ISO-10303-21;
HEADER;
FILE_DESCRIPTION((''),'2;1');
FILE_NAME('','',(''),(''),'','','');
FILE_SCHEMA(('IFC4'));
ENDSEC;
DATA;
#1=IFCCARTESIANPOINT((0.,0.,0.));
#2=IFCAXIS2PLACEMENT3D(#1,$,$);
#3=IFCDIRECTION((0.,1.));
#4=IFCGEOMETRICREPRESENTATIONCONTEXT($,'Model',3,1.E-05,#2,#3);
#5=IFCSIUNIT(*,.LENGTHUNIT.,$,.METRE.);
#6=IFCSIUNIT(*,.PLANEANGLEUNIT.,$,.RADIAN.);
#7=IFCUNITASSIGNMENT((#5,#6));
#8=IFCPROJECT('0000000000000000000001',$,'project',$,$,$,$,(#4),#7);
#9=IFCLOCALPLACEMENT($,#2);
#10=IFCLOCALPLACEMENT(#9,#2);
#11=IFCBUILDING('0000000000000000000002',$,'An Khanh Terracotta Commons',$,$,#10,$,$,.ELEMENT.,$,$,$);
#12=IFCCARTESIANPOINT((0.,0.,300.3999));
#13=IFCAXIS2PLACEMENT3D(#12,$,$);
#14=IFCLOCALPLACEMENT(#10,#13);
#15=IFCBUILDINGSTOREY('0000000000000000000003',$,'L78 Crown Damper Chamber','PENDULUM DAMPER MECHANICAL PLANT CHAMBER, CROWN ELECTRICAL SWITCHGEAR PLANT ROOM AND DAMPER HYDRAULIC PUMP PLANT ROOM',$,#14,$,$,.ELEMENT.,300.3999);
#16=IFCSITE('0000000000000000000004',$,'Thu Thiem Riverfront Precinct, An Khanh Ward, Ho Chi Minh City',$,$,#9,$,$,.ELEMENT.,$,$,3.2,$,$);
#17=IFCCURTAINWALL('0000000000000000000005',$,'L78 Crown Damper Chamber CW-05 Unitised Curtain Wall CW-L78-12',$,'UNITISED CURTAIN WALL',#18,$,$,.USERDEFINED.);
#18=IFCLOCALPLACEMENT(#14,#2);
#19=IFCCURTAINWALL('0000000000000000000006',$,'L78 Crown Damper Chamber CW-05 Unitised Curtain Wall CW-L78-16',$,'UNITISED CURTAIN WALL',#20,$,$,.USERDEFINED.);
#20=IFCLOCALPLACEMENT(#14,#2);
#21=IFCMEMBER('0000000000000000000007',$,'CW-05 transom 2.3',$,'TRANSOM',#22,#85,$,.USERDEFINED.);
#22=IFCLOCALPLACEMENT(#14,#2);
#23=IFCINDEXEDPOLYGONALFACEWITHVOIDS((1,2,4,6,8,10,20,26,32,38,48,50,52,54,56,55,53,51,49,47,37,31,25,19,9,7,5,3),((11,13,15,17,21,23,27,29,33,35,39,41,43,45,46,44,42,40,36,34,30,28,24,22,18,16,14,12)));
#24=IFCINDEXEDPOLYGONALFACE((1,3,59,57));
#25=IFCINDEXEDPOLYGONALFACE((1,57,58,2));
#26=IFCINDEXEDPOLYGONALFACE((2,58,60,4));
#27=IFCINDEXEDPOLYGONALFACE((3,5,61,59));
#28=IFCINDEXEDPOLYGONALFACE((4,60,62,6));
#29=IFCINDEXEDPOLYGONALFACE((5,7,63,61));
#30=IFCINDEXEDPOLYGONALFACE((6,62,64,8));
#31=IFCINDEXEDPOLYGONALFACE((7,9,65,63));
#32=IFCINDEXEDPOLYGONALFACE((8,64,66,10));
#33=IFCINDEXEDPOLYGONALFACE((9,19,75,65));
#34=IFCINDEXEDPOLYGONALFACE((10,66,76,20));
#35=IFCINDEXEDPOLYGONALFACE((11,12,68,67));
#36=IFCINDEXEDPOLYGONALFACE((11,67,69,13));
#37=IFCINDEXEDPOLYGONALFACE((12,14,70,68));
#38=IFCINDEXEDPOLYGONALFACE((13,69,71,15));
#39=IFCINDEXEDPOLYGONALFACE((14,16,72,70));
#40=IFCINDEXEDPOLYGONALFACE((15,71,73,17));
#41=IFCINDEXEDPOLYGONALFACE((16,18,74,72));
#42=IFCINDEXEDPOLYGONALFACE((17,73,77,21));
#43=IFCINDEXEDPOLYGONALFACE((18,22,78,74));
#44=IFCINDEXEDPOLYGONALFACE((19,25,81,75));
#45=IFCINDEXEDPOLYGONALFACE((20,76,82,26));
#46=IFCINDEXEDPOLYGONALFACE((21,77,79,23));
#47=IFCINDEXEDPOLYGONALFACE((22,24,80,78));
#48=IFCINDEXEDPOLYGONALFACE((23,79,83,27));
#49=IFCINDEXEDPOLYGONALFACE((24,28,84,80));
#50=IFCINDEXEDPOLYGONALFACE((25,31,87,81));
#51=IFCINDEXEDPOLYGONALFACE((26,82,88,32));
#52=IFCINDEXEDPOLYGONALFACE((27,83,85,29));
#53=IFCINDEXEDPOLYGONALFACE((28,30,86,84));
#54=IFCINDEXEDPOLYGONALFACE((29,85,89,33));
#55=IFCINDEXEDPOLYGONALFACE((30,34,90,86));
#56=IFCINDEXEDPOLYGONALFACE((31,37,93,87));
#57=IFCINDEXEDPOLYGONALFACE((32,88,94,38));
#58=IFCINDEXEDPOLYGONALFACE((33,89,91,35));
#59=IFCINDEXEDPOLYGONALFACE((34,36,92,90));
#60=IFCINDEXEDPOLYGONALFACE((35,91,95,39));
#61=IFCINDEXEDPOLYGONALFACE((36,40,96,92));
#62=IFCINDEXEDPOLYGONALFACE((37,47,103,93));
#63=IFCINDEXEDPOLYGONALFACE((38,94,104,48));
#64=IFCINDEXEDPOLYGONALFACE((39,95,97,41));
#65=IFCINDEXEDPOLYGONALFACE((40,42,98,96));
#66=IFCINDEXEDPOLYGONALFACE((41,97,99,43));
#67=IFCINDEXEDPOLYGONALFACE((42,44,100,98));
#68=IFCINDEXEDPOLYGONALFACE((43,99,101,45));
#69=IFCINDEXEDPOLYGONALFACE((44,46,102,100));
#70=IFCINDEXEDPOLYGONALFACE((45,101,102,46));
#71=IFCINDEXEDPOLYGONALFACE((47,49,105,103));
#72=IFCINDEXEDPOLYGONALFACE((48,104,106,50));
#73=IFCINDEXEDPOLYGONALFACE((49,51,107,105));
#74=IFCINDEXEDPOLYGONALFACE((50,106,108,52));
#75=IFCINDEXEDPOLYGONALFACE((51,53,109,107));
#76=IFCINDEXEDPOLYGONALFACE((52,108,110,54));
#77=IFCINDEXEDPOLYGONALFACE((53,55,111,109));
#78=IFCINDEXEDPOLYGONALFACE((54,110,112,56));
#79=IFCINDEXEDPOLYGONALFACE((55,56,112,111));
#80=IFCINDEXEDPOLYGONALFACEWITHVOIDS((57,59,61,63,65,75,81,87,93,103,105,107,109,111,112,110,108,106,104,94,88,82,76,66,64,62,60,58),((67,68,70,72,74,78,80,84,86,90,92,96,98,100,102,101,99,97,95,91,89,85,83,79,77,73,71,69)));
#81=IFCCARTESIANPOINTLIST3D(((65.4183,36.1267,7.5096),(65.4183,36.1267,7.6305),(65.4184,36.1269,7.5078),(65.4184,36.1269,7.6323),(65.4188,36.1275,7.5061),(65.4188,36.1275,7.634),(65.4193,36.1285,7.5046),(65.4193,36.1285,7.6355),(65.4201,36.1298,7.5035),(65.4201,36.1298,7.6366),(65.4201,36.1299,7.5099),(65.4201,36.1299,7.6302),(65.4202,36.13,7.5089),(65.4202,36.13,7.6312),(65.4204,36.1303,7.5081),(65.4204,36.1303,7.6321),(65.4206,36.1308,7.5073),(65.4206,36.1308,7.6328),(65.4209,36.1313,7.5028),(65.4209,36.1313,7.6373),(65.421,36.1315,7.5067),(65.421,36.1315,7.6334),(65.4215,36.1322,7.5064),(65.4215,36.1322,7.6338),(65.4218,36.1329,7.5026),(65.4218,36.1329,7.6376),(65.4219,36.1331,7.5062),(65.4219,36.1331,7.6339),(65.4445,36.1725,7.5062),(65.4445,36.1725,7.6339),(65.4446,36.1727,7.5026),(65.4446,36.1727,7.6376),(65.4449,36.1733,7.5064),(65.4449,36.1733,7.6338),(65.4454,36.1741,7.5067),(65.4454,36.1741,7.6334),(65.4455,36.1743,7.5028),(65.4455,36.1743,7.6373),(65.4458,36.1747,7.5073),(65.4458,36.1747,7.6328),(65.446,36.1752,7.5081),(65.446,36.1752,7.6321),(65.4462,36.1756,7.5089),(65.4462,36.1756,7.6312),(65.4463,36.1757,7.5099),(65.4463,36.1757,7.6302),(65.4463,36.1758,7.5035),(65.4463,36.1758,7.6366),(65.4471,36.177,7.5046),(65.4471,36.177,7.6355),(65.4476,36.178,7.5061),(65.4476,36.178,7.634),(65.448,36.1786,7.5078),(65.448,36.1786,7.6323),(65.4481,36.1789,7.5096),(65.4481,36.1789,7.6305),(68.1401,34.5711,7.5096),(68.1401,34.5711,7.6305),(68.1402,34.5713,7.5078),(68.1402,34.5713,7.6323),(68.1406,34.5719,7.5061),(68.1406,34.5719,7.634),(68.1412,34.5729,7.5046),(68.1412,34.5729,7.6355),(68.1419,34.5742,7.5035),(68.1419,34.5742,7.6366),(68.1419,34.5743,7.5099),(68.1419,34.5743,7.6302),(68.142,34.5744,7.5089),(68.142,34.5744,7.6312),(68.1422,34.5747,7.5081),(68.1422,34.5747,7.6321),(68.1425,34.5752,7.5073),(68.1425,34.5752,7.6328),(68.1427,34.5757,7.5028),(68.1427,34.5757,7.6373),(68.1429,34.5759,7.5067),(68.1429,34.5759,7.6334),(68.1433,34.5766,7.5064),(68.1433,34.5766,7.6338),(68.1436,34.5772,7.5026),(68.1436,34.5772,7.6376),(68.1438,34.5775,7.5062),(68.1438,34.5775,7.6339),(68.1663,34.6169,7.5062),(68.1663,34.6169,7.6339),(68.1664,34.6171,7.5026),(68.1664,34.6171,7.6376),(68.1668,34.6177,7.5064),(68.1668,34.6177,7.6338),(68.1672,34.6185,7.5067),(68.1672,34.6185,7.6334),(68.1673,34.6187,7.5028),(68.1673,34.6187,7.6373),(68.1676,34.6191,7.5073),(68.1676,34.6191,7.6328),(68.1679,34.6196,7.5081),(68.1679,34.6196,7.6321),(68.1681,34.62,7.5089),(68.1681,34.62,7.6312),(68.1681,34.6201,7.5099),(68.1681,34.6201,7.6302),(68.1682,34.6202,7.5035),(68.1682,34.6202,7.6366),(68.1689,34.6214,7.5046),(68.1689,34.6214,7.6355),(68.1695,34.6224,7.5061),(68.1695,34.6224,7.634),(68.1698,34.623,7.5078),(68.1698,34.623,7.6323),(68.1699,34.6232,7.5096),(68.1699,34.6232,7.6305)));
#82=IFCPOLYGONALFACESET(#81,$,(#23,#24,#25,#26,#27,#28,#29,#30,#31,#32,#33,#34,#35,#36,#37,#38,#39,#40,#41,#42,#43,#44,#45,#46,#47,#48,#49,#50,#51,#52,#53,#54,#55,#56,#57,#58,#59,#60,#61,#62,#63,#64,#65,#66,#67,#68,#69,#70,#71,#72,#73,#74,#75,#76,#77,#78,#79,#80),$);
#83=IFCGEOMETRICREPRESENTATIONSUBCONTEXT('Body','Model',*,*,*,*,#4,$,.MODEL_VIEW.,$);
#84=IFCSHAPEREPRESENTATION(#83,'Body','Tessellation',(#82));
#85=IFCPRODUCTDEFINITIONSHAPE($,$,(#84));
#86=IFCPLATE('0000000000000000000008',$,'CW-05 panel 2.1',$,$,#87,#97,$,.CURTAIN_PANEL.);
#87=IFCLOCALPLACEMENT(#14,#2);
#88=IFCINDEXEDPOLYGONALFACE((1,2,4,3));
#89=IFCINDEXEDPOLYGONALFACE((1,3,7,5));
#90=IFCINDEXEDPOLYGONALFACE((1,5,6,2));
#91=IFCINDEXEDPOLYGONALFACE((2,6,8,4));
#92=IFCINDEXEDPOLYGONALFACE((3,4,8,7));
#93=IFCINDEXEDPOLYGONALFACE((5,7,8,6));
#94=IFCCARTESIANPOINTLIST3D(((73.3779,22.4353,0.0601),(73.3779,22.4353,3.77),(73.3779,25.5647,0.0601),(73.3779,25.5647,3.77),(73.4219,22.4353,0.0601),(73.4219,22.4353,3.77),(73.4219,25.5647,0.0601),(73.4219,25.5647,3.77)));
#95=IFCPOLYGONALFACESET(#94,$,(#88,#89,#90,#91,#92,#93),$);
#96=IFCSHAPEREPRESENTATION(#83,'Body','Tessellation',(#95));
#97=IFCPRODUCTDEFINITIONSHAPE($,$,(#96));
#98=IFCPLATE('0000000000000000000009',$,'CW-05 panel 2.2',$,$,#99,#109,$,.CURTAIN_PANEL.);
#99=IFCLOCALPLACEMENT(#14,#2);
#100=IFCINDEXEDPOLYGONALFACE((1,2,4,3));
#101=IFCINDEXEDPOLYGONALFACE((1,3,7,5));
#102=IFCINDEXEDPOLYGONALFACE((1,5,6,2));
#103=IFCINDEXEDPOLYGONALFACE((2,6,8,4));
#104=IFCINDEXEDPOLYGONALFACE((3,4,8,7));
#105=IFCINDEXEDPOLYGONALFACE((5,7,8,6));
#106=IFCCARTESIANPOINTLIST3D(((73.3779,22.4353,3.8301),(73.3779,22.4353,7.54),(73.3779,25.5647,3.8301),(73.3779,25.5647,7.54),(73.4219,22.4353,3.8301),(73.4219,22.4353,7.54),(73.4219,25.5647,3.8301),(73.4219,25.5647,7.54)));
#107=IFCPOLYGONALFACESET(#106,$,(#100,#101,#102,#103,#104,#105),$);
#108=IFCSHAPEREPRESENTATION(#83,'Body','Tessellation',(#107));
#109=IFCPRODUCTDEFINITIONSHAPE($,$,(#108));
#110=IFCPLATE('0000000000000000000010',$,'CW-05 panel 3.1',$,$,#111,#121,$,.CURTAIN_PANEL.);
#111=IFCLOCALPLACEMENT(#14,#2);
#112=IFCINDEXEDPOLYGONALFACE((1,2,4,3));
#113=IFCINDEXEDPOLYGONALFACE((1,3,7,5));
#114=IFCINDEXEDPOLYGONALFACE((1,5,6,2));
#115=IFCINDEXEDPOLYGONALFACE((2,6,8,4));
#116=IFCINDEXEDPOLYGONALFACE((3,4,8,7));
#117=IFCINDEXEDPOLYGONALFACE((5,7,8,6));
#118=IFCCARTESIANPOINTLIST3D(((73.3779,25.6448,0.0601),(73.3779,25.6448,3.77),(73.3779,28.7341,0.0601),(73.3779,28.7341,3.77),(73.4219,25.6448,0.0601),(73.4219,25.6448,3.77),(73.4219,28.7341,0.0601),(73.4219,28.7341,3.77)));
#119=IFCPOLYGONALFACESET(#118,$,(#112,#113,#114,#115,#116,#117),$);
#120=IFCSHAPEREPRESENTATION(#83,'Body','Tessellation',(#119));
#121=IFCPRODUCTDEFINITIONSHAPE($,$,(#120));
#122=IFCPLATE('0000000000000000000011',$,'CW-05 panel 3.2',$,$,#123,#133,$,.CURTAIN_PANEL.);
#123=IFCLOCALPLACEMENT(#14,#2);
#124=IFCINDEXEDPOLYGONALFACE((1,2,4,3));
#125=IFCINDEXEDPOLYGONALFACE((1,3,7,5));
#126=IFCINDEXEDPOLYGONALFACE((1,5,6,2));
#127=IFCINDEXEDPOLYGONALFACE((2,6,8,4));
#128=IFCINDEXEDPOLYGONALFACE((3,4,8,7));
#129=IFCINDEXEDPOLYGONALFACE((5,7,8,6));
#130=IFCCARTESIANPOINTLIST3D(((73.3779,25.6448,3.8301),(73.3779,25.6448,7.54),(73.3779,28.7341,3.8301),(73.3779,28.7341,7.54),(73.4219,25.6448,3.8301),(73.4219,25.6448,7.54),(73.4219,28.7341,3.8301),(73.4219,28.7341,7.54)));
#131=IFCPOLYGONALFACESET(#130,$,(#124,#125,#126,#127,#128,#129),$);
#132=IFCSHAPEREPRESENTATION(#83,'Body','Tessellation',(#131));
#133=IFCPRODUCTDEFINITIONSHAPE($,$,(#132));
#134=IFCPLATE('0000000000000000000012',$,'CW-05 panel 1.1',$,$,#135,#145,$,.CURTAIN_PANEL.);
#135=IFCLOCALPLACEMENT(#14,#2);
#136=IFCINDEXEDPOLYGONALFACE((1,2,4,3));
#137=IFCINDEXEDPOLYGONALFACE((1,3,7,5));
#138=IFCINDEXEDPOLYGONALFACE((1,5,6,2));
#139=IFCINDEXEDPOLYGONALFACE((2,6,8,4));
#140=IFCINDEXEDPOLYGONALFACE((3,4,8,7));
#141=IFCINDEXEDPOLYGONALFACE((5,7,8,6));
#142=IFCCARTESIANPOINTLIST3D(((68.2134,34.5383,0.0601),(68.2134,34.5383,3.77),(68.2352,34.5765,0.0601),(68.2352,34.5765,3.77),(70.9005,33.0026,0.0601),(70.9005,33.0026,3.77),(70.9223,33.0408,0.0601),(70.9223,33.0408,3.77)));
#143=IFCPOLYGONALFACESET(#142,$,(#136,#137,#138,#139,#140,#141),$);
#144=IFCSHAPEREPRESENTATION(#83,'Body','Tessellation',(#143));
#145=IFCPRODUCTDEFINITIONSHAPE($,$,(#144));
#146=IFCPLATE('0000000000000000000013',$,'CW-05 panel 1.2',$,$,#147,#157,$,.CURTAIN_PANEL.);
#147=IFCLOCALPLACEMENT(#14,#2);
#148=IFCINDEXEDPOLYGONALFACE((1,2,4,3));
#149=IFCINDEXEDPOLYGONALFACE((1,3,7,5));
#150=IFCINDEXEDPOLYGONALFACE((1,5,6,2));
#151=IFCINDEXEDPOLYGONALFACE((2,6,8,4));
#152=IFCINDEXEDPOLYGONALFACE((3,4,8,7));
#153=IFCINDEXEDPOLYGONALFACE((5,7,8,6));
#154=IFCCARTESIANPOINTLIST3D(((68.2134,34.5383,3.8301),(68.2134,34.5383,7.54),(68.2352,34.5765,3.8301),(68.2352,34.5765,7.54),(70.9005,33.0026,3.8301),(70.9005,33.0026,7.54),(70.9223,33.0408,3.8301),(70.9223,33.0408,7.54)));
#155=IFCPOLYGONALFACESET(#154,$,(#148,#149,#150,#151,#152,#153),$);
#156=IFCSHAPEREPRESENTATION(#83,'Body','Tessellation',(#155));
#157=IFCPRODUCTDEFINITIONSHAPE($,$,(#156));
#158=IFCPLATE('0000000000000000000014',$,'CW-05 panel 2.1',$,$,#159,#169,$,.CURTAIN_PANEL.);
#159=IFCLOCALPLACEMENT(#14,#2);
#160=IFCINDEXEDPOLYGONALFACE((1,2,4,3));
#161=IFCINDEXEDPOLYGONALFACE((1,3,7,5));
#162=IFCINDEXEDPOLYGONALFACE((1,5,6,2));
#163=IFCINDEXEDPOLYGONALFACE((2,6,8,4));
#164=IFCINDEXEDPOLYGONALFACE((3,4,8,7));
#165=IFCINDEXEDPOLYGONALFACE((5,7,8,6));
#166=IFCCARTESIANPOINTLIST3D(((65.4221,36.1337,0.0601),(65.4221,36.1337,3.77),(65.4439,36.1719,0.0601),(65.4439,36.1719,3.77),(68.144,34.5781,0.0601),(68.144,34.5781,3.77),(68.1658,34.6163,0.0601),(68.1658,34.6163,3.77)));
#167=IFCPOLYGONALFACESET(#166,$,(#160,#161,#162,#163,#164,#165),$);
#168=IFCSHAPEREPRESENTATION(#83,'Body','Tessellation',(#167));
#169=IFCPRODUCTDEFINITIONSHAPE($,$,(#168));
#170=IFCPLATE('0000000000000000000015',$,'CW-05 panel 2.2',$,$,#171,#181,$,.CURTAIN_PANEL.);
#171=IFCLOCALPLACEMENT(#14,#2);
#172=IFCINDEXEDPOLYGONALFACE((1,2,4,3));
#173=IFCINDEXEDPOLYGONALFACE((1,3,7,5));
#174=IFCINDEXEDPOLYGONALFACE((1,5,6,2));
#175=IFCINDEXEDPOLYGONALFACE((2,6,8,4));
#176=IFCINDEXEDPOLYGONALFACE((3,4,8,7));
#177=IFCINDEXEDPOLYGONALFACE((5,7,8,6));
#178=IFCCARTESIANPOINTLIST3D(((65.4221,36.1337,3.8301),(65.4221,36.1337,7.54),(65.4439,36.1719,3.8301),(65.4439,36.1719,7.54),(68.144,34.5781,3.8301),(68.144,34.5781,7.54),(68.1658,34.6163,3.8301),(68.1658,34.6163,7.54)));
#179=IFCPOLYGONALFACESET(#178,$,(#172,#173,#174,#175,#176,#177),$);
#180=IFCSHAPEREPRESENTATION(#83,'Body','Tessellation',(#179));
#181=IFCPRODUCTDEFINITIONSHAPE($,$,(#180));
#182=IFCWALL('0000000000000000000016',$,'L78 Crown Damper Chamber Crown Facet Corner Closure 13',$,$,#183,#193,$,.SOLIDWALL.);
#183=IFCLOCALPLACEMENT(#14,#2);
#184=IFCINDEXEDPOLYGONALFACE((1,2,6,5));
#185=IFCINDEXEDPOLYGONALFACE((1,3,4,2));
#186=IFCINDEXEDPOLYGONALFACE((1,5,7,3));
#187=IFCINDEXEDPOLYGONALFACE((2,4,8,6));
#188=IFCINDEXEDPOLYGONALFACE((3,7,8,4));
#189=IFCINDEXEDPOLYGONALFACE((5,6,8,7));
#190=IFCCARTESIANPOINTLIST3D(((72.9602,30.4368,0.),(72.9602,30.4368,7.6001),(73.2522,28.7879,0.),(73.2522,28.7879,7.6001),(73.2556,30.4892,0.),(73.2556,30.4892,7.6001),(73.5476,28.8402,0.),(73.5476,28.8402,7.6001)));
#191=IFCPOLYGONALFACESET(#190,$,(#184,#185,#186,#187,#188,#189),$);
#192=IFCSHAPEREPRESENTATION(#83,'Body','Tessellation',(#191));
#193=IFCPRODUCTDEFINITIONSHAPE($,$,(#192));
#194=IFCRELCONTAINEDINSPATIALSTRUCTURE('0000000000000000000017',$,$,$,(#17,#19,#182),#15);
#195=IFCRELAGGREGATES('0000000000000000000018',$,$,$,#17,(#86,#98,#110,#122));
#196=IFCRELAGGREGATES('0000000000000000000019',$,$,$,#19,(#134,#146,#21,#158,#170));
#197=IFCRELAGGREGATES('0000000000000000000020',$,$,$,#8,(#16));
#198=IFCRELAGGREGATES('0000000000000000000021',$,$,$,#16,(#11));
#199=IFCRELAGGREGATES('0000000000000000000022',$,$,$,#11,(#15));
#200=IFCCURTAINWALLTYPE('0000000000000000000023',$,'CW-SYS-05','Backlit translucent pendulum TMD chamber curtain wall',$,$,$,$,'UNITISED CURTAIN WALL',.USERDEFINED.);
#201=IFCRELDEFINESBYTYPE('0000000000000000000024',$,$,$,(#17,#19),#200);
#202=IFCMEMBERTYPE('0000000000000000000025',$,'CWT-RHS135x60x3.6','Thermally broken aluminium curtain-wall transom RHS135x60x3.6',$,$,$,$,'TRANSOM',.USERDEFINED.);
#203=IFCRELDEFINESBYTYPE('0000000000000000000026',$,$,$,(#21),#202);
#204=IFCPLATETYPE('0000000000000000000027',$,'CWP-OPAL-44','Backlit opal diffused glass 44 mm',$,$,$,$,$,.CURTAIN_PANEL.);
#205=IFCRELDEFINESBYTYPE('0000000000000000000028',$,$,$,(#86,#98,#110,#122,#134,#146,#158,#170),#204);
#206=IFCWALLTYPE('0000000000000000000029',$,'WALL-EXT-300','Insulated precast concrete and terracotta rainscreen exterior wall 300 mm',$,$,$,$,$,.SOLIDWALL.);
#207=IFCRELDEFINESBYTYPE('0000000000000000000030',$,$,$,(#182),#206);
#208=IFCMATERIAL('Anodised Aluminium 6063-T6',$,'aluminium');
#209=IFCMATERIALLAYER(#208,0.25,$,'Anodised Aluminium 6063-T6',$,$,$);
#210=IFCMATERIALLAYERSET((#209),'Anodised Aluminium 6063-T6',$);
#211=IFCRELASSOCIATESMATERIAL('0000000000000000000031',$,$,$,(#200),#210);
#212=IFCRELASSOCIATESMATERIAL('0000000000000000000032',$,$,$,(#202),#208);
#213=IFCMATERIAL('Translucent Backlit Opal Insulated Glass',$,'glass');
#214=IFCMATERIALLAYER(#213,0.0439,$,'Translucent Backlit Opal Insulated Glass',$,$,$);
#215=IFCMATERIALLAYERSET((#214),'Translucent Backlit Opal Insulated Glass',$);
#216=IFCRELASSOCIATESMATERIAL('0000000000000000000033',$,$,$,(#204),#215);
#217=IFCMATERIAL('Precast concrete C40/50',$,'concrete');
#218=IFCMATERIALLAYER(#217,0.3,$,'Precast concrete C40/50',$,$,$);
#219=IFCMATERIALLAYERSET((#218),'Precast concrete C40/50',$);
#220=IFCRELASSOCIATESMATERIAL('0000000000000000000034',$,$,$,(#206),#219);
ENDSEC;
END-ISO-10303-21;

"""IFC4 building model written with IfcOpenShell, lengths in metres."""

from ifc_helpers import new_model, si_unit, direction, frame, frame_2d, origin, origin_2d, place, context, subcontext, project, spatial, rectangle, hollow_rectangle, extrude, material, layer, layer_set, material_profile, profile_set, type_object, element, aggregate, save


model = new_model("IFC4")

# Units and contexts
model_context = context("Model", 3, precision=1e-05, world=origin(), true_north=direction((0.0, 1.0)))
body_context = subcontext(model_context, "Body", "Model", "MODEL_VIEW")
ifc_project = project(units=[si_unit("LENGTHUNIT", "METRE"), si_unit("PLANEANGLEUNIT", "RADIAN")], contexts=[model_context])

# Site, building, storey
site_placement = place(None, origin())
site = spatial("IfcSite", under=ifc_project, at=site_placement, Name="Thu Thiem Riverfront Precinct, An Khanh Ward, Ho Chi Minh City", CompositionType="ELEMENT", RefElevation=3.2)
building_placement = place(site_placement, origin())
building = spatial("IfcBuilding", under=site, at=building_placement, Name="An Khanh Terracotta Commons", CompositionType="ELEMENT")
storey_placement = place(building_placement, frame((0.0, 0.0, 300.3999)))
storey = spatial("IfcBuildingStorey", under=building, at=storey_placement, Name="L78 Crown Damper Chamber", Description="PENDULUM DAMPER MECHANICAL PLANT CHAMBER, CROWN ELECTRICAL SWITCHGEAR PLANT ROOM AND DAMPER HYDRAULIC PUMP PLANT ROOM", CompositionType="ELEMENT", Elevation=300.3999)

# Curtain walls
ifc_material_1 = material(Name="Anodised Aluminium 6063-T6", Category="aluminium")
ifc_layer_1 = layer(ifc_material_1, 0.25, Name="Anodised Aluminium 6063-T6")
ifc_layer_set_1 = layer_set([ifc_layer_1], Name="Anodised Aluminium 6063-T6")
curtain_wall_type = type_object("IfcCurtainWallType", Name="CW-SYS-05", Description="Backlit translucent pendulum TMD chamber curtain wall", ElementType="UNITISED CURTAIN WALL", PredefinedType="USERDEFINED", material=ifc_layer_set_1)
curtain_wall_1_placement = place(storey_placement, origin())
curtain_wall_1 = element("IfcCurtainWall", 1, at=curtain_wall_1_placement, inside=storey, type_object=curtain_wall_type, Name="L78 Crown Damper Chamber CW-05 Unitised Curtain Wall CW-L78-12", ObjectType="UNITISED CURTAIN WALL", PredefinedType="USERDEFINED")
curtain_wall_2_placement = place(storey_placement, origin())
curtain_wall_2 = element("IfcCurtainWall", 2, at=curtain_wall_2_placement, inside=storey, type_object=curtain_wall_type, Name="L78 Crown Damper Chamber CW-05 Unitised Curtain Wall CW-L78-16", ObjectType="UNITISED CURTAIN WALL", PredefinedType="USERDEFINED")

# Member
ifc_material_profile_1 = material_profile(ifc_material_1, hollow_rectangle(XDim=0.0601, YDim=0.135, WallThickness=0.0037, InnerFilletRadius=0.0037, OuterFilletRadius=0.0071, at=origin_2d()), Name="RHS135x60x3.6")
ifc_profile_set_1 = profile_set([ifc_material_profile_1], Name="Anodised Aluminium 6063-T6")
member_type_1 = type_object("IfcMemberType", Name="CWT-RHS135x60x3.6", Description="Thermally broken aluminium curtain-wall transom RHS135x60x3.6", ElementType="TRANSOM", PredefinedType="USERDEFINED", material=ifc_profile_set_1)
member_1_placement = place(storey_placement, frame((68.155, 34.5972, 7.5701), z_axis=(-0.868205, 0.496206, 0.0), x_axis=(-0.496206, -0.868205, 0.0)))
member_1 = element("IfcMember", 3, at=member_1_placement, type_object=member_type_1, Name="CW-05 transom 2.3", ObjectType="TRANSOM", PredefinedType="USERDEFINED", context=body_context, shape_type="SweptSolid", body=[
    extrude(hollow_rectangle(XDim=0.0601, YDim=0.135, WallThickness=0.0037, InnerFilletRadius=0.0037, OuterFilletRadius=0.0071, at=origin_2d()), origin(), (0.0, 0.0, 1.0), 3.135),
])

# Plates
ifc_material_2 = material(Name="Translucent Backlit Opal Insulated Glass", Category="glass")
ifc_layer_2 = layer(ifc_material_2, 0.0439, Name="Translucent Backlit Opal Insulated Glass")
ifc_layer_set_2 = layer_set([ifc_layer_2], Name="Translucent Backlit Opal Insulated Glass")
plate_type = type_object("IfcPlateType", Name="CWP-OPAL-44", Description="Backlit opal diffused glass 44 mm", PredefinedType="CURTAIN_PANEL", material=ifc_layer_set_2)
plate_1_placement = place(storey_placement, frame((73.3999, 24.0, 0.0601), z_axis=(0.0, 0.0, 1.0), x_axis=(0.0, 1.0, 0.0)))
plate_1 = element("IfcPlate", 4, at=plate_1_placement, type_object=plate_type, Name="CW-05 panel 2.1", PredefinedType="CURTAIN_PANEL", context=body_context, shape_type="SweptSolid", body=[
    extrude(rectangle(XDim=3.1294, YDim=0.0439, at=origin_2d()), origin(), (0.0, 0.0, 1.0), 3.71),
])
plate_2_placement = place(storey_placement, frame((73.3999, 24.0, 3.8301), z_axis=(0.0, 0.0, 1.0), x_axis=(0.0, 1.0, 0.0)))
plate_2 = element("IfcPlate", 5, at=plate_2_placement, type_object=plate_type, Name="CW-05 panel 2.2", PredefinedType="CURTAIN_PANEL", context=body_context, shape_type="SweptSolid", body=[
    extrude(rectangle(XDim=3.1294, YDim=0.0439, at=origin_2d()), origin(), (0.0, 0.0, 1.0), 3.71),
])
plate_3_placement = place(storey_placement, frame((73.3999, 27.1895, 0.0601), z_axis=(0.0, 0.0, 1.0), x_axis=(0.0, 1.0, 0.0)))
plate_3 = element("IfcPlate", 6, at=plate_3_placement, type_object=plate_type, Name="CW-05 panel 3.1", PredefinedType="CURTAIN_PANEL", context=body_context, shape_type="SweptSolid", body=[
    extrude(rectangle(XDim=3.0894, YDim=0.0439, at=origin_2d()), origin(), (0.0, 0.0, 1.0), 3.71),
])
plate_4_placement = place(storey_placement, frame((73.3999, 27.1895, 3.8301), z_axis=(0.0, 0.0, 1.0), x_axis=(0.0, 1.0, 0.0)))
plate_4 = element("IfcPlate", 7, at=plate_4_placement, type_object=plate_type, Name="CW-05 panel 3.2", PredefinedType="CURTAIN_PANEL", context=body_context, shape_type="SweptSolid", body=[
    extrude(rectangle(XDim=3.0894, YDim=0.0439, at=origin_2d()), origin(), (0.0, 0.0, 1.0), 3.71),
])
aggregate(curtain_wall_1, [plate_1, plate_2, plate_3, plate_4])
plate_5_placement = place(storey_placement, frame((69.5679, 33.7896, 0.0601), z_axis=(0.0, 0.0, 1.0), x_axis=(-0.868205, 0.496206, 0.0)))
plate_5 = element("IfcPlate", 8, at=plate_5_placement, type_object=plate_type, Name="CW-05 panel 1.1", PredefinedType="CURTAIN_PANEL", context=body_context, shape_type="SweptSolid", body=[
    extrude(rectangle(XDim=3.095, YDim=0.0439, at=origin_2d()), origin(), (0.0, 0.0, 1.0), 3.71),
])
plate_6_placement = place(storey_placement, frame((69.5679, 33.7896, 3.8301), z_axis=(0.0, 0.0, 1.0), x_axis=(-0.868205, 0.496206, 0.0)))
plate_6 = element("IfcPlate", 9, at=plate_6_placement, type_object=plate_type, Name="CW-05 panel 1.2", PredefinedType="CURTAIN_PANEL", context=body_context, shape_type="SweptSolid", body=[
    extrude(rectangle(XDim=3.095, YDim=0.0439, at=origin_2d()), origin(), (0.0, 0.0, 1.0), 3.71),
])
plate_7_placement = place(storey_placement, frame((66.7939, 35.375, 0.0601), z_axis=(0.0, 0.0, 1.0), x_axis=(-0.868205, 0.496206, 0.0)))
plate_7 = element("IfcPlate", 10, at=plate_7_placement, type_object=plate_type, Name="CW-05 panel 2.1", PredefinedType="CURTAIN_PANEL", context=body_context, shape_type="SweptSolid", body=[
    extrude(rectangle(XDim=3.135, YDim=0.0439, at=origin_2d()), origin(), (0.0, 0.0, 1.0), 3.71),
])
plate_8_placement = place(storey_placement, frame((66.7939, 35.375, 3.8301), z_axis=(0.0, 0.0, 1.0), x_axis=(-0.868205, 0.496206, 0.0)))
plate_8 = element("IfcPlate", 11, at=plate_8_placement, type_object=plate_type, Name="CW-05 panel 2.2", PredefinedType="CURTAIN_PANEL", context=body_context, shape_type="SweptSolid", body=[
    extrude(rectangle(XDim=3.135, YDim=0.0439, at=origin_2d()), origin(), (0.0, 0.0, 1.0), 3.71),
])
aggregate(curtain_wall_2, [plate_5, plate_6, member_1, plate_7, plate_8])

# Wall
ifc_material_3 = material(Name="Precast concrete C40/50", Category="concrete")
ifc_layer_3 = layer(ifc_material_3, 0.3, Name="Precast concrete C40/50")
ifc_layer_set_3 = layer_set([ifc_layer_3], Name="Precast concrete C40/50")
wall_type = type_object("IfcWallType", Name="WALL-EXT-300", Description="Insulated precast concrete and terracotta rainscreen exterior wall 300 mm", PredefinedType="SOLIDWALL", material=ifc_layer_set_3)
wall_1_placement = place(storey_placement, frame((73.3999, 28.814, 0.0), z_axis=(0.0, 0.0, 1.0), x_axis=(-0.174367, 0.984681, 0.0)))
element("IfcWall", 12, at=wall_1_placement, inside=storey, type_object=wall_type, Name="L78 Crown Damper Chamber Crown Facet Corner Closure 13", PredefinedType="SOLIDWALL", context=body_context, shape_type="SweptSolid", body=[
    extrude(rectangle(XDim=1.6746, YDim=0.3, at=frame_2d((0.8374, 0.0))), origin(), (0.0, 0.0, 1.0), 7.6001),
])

save(model, "model.ifc")
